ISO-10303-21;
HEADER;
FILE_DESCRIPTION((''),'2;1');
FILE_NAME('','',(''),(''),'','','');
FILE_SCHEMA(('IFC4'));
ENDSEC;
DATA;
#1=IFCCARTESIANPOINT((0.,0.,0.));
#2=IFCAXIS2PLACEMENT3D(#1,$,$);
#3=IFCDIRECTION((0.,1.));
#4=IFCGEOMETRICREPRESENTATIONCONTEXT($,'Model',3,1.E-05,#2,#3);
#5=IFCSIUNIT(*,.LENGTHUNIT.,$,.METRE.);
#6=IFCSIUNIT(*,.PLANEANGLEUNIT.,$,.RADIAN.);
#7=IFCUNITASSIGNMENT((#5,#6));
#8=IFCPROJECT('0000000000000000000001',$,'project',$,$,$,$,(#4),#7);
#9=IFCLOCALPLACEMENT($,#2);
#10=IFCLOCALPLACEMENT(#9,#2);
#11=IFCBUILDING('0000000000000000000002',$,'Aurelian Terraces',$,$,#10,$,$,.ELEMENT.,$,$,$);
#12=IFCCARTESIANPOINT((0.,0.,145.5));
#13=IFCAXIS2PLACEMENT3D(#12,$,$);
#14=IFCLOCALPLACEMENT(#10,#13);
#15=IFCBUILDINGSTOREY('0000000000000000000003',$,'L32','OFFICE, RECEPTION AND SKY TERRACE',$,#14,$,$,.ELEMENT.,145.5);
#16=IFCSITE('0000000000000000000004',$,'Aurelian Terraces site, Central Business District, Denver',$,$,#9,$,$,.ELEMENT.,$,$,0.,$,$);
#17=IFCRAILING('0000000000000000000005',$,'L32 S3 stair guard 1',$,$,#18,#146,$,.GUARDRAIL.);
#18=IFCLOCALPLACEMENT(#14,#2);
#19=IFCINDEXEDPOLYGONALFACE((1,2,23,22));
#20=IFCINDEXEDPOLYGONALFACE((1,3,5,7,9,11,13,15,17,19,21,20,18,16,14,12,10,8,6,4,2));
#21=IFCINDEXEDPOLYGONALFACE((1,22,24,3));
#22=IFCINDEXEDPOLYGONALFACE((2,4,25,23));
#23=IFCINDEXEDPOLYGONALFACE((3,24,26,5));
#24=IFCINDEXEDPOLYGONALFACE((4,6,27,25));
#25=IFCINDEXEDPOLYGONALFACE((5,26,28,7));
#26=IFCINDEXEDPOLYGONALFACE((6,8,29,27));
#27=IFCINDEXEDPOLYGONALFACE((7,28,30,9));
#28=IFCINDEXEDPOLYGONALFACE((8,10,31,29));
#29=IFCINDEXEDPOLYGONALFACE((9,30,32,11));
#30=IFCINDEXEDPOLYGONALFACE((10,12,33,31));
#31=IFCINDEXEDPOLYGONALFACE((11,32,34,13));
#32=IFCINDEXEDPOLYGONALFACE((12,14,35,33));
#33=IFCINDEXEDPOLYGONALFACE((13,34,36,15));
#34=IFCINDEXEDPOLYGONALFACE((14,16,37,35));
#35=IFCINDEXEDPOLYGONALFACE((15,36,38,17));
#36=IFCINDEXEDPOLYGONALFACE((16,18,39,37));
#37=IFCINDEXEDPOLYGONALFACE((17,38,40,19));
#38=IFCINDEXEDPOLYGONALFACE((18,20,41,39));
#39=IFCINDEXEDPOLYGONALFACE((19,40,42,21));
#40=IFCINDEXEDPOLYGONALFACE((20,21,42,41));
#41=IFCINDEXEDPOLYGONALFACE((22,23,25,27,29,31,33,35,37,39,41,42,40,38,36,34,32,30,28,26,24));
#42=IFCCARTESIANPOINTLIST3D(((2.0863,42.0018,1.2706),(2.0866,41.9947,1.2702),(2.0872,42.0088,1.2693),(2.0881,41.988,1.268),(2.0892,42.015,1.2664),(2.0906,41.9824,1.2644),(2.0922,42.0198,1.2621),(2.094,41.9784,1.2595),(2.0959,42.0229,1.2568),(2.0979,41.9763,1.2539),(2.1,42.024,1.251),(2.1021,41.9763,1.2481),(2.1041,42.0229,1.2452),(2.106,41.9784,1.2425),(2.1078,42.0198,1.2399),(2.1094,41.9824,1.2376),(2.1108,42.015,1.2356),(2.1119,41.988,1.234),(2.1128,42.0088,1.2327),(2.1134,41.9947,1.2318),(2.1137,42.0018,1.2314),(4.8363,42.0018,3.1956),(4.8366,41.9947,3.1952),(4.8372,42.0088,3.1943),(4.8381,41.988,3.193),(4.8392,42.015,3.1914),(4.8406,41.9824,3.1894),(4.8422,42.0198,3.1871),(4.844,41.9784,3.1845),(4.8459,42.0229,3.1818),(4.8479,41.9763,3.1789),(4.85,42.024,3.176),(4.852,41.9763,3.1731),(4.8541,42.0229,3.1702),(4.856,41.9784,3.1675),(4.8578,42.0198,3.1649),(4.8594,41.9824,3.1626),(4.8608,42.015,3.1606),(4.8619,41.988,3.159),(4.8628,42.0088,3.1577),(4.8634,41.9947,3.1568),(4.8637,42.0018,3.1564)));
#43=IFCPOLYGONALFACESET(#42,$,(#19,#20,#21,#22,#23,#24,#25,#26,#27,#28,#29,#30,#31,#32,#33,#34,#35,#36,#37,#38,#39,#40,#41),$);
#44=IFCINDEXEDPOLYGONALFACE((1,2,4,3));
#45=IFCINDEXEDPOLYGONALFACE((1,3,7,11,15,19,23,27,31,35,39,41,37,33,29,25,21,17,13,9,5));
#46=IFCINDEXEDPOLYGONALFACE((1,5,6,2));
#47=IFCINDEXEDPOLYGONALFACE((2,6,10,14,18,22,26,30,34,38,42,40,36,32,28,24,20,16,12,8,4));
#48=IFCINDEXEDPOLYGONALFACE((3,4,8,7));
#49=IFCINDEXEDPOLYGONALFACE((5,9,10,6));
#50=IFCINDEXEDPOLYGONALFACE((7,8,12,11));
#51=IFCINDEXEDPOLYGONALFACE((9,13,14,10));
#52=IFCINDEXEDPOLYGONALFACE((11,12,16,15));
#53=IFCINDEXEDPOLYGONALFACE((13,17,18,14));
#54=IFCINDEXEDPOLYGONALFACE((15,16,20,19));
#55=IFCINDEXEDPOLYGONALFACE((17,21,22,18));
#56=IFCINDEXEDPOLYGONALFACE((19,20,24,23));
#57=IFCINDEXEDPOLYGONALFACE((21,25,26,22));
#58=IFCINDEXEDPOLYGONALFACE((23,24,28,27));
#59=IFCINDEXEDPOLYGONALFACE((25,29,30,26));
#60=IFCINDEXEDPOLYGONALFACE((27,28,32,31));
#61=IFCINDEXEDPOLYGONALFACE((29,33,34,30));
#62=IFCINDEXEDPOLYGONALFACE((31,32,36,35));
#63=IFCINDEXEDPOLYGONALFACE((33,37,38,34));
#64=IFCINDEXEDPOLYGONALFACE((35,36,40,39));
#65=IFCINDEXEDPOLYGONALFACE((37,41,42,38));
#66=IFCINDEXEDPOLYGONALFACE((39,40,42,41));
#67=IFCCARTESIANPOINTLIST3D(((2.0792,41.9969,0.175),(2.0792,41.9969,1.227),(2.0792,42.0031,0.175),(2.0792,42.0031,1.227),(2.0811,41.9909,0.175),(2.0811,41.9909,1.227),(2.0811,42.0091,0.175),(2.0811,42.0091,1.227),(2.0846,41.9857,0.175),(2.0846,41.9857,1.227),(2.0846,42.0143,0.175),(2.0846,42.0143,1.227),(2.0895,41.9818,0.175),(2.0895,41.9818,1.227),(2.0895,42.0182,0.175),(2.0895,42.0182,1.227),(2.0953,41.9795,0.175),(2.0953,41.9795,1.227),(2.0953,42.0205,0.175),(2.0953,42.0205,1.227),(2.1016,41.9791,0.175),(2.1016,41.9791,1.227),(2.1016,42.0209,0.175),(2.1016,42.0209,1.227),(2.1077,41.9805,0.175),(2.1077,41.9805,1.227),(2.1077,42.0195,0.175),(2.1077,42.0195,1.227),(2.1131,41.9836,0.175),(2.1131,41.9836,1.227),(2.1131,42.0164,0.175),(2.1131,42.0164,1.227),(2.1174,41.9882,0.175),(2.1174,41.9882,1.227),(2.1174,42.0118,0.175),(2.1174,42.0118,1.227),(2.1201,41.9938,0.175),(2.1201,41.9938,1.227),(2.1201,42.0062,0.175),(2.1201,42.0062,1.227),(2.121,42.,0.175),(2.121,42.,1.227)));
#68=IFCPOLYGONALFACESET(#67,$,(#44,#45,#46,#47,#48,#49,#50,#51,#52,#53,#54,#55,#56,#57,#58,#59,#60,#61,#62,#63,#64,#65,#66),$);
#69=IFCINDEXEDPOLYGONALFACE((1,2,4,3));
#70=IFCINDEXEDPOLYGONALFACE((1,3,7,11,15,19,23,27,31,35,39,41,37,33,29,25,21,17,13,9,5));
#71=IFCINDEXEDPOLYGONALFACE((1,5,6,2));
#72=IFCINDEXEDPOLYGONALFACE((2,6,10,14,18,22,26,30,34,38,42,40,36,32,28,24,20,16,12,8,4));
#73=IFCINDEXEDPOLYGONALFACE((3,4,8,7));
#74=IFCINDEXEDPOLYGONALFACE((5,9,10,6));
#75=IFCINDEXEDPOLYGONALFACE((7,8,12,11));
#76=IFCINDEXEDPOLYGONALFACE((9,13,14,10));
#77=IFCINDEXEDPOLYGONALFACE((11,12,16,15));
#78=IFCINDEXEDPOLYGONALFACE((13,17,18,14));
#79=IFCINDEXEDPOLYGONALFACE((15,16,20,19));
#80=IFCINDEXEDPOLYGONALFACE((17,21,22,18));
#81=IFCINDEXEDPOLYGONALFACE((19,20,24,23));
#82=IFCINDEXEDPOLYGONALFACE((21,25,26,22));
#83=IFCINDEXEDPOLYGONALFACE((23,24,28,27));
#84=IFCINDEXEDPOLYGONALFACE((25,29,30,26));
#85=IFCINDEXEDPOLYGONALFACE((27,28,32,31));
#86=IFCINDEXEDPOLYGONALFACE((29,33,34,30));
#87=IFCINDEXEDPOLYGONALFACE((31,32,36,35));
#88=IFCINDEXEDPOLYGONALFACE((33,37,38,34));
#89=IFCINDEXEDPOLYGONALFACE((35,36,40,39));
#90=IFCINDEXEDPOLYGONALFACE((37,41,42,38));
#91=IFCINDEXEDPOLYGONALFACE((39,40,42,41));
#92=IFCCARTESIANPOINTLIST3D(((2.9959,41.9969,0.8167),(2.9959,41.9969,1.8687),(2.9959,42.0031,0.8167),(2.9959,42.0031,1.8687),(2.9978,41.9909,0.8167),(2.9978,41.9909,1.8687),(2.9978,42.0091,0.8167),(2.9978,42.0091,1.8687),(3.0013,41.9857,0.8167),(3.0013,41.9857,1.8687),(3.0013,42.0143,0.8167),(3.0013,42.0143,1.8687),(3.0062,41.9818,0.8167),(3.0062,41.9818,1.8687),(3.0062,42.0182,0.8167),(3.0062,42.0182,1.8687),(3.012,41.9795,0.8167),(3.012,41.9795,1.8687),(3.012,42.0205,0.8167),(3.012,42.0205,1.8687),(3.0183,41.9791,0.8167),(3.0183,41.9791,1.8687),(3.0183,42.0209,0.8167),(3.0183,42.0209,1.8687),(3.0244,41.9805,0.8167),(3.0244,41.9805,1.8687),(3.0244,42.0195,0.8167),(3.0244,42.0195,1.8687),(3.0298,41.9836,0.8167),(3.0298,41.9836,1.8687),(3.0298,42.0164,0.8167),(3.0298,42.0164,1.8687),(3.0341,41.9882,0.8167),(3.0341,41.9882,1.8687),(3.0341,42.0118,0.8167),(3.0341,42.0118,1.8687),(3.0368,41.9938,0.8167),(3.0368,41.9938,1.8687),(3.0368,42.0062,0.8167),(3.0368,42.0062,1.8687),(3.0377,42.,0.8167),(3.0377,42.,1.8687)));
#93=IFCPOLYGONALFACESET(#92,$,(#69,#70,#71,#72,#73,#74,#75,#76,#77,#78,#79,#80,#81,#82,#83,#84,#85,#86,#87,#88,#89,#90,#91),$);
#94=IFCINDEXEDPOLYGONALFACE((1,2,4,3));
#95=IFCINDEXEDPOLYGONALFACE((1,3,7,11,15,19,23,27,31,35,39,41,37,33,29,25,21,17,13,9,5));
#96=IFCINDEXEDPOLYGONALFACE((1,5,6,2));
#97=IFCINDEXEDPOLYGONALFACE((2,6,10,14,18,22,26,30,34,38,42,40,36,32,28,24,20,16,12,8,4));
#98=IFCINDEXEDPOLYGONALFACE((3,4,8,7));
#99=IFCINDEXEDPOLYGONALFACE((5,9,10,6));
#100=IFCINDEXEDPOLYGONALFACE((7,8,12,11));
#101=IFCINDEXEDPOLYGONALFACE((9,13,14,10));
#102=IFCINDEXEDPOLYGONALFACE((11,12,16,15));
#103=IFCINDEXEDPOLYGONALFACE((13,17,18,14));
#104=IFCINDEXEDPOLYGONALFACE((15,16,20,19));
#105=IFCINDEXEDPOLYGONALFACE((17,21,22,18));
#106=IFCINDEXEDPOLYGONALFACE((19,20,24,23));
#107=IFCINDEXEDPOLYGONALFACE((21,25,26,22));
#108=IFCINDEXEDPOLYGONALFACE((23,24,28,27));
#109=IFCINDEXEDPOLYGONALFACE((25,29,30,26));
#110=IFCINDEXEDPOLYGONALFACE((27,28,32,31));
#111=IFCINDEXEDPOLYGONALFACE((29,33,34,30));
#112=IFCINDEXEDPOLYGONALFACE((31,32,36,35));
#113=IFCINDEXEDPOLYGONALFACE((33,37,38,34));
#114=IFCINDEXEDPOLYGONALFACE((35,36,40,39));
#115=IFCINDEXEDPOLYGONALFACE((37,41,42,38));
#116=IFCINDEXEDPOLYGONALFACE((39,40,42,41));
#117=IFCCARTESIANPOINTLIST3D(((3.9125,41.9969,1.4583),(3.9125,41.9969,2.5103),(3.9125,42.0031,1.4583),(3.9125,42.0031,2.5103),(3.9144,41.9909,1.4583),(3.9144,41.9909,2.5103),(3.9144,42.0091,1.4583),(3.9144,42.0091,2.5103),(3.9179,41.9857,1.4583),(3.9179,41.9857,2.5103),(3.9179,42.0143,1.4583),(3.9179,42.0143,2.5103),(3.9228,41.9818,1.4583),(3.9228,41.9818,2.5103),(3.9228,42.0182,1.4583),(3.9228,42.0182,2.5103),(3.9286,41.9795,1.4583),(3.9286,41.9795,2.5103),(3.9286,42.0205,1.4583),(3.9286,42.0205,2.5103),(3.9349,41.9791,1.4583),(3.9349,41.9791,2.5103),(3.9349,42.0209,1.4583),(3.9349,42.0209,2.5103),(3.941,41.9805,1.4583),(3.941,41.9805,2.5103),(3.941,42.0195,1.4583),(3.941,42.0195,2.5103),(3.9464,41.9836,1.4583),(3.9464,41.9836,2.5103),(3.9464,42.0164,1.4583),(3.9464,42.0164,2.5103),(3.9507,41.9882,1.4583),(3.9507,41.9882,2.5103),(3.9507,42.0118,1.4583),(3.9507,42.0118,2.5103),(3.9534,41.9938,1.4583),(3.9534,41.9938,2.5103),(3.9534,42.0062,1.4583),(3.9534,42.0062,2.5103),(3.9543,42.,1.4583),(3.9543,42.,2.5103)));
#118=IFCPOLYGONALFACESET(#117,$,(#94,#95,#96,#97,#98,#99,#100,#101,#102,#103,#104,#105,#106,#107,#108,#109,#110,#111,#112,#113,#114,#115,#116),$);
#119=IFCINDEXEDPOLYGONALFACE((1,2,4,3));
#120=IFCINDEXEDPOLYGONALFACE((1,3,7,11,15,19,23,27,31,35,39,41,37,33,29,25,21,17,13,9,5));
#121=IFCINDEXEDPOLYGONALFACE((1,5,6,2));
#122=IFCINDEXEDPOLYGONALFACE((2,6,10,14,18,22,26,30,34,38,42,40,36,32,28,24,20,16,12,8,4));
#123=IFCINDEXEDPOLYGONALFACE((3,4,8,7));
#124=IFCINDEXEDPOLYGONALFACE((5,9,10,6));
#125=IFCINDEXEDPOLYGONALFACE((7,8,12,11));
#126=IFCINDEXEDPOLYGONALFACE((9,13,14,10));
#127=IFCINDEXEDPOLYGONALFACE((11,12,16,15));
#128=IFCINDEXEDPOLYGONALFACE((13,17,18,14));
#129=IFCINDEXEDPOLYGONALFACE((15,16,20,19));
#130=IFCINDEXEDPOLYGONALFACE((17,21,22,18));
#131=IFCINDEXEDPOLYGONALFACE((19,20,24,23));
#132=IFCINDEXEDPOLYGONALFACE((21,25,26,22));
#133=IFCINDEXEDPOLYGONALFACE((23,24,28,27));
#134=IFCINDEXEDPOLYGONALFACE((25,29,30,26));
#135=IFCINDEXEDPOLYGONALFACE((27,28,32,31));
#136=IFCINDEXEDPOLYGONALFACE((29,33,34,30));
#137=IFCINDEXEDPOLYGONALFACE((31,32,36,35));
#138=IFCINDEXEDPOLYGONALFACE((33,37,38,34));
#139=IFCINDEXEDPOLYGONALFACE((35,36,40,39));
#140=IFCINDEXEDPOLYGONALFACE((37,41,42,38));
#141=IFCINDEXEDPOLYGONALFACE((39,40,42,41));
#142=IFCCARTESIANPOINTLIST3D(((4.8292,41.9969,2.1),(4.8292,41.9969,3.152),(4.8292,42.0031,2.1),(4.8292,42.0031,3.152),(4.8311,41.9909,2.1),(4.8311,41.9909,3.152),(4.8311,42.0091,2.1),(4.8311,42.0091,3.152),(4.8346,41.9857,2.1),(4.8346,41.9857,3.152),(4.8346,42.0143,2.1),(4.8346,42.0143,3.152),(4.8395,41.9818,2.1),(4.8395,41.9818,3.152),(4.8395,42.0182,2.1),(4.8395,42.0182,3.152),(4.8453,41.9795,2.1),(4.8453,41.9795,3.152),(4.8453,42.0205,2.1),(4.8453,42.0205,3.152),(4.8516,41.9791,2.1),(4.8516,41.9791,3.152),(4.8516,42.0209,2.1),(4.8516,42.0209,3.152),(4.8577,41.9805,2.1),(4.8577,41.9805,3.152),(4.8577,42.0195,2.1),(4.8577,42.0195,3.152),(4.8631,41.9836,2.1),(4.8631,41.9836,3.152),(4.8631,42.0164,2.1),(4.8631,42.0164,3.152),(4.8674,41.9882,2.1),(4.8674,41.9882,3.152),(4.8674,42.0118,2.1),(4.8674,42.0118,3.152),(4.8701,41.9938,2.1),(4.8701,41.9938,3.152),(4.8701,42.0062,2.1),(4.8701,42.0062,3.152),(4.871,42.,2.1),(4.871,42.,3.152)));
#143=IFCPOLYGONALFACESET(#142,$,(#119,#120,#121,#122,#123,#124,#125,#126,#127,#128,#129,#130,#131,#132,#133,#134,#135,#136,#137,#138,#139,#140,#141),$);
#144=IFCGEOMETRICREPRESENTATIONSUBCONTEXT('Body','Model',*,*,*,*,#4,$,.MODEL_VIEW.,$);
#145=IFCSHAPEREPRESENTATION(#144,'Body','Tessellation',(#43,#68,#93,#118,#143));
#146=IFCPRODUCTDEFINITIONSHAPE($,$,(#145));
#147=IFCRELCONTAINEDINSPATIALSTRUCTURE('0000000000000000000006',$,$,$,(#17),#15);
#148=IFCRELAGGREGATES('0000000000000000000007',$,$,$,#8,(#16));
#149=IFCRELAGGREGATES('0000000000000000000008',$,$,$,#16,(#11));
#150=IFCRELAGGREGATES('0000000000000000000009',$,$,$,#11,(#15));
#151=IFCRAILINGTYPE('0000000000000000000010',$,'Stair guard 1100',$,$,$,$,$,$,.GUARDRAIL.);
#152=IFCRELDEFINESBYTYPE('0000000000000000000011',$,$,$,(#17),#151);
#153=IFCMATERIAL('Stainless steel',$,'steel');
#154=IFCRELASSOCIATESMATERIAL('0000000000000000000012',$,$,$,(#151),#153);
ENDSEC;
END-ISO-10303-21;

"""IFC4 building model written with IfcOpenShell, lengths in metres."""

from ifc_helpers import new_model, si_unit, direction, frame, origin, origin_2d, place, context, subcontext, project, spatial, circle, extrude, source, transform, mapped, material, type_object, element, save


model = new_model("IFC4")

# Units and contexts
model_context = context("Model", 3, precision=1e-05, world=origin(), true_north=direction((0.0, 1.0)))
body_context = subcontext(model_context, "Body", "Model", "MODEL_VIEW")
ifc_project = project(units=[si_unit("LENGTHUNIT", "METRE"), si_unit("PLANEANGLEUNIT", "RADIAN")], contexts=[model_context])

# Site, building, storey
site_placement = place(None, origin())
site = spatial("IfcSite", under=ifc_project, at=site_placement, Name="Aurelian Terraces site, Central Business District, Denver", CompositionType="ELEMENT", RefElevation=0.0)
building_placement = place(site_placement, origin())
building = spatial("IfcBuilding", under=site, at=building_placement, Name="Aurelian Terraces", CompositionType="ELEMENT")
storey_placement = place(building_placement, frame((0.0, 0.0, 145.5)))
storey = spatial("IfcBuildingStorey", under=building, at=storey_placement, Name="L32", Description="OFFICE, RECEPTION AND SKY TERRACE", CompositionType="ELEMENT", Elevation=145.5)

# Railing
ifc_material_1 = material(Name="Stainless steel", Category="steel")
railing_type_1 = type_object("IfcRailingType", Name="Stair guard 1100", PredefinedType="GUARDRAIL", material=ifc_material_1)
shared_shape_1 = source(origin(), body_context, "Body", "SweptSolid", [
    extrude(circle(Radius=0.024, at=origin_2d()), frame((0.0, 0.0, 1.076), z_axis=(0.819232, 0.0, 0.573462), x_axis=(0.0, 1.0, 0.0)), (0.0, 0.0, 1.0), 3.3568),
    extrude(circle(Radius=0.021, at=origin_2d()), origin(), (0.0, 0.0, 1.0), 1.052),
    extrude(circle(Radius=0.021, at=origin_2d()), frame((0.9167, 0.0, 0.6417)), (0.0, 0.0, 1.0), 1.052),
    extrude(circle(Radius=0.021, at=origin_2d()), frame((1.8333, 0.0, 1.2833)), (0.0, 0.0, 1.0), 1.052),
    extrude(circle(Radius=0.021, at=origin_2d()), frame((2.75, 0.0, 1.925)), (0.0, 0.0, 1.0), 1.052),
])
railing_1_placement = place(storey_placement, frame((2.1, 42.0, 0.175)))
element("IfcRailing", 1, at=railing_1_placement, inside=storey, type_object=railing_type_1, Name="L32 S3 stair guard 1", PredefinedType="GUARDRAIL", context=body_context, shape_type="MappedRepresentation", body=[
    mapped(shared_shape_1, transform((0.0, 0.0, 0.0), scale=1.0)),
])

save(model, "model.ifc")
